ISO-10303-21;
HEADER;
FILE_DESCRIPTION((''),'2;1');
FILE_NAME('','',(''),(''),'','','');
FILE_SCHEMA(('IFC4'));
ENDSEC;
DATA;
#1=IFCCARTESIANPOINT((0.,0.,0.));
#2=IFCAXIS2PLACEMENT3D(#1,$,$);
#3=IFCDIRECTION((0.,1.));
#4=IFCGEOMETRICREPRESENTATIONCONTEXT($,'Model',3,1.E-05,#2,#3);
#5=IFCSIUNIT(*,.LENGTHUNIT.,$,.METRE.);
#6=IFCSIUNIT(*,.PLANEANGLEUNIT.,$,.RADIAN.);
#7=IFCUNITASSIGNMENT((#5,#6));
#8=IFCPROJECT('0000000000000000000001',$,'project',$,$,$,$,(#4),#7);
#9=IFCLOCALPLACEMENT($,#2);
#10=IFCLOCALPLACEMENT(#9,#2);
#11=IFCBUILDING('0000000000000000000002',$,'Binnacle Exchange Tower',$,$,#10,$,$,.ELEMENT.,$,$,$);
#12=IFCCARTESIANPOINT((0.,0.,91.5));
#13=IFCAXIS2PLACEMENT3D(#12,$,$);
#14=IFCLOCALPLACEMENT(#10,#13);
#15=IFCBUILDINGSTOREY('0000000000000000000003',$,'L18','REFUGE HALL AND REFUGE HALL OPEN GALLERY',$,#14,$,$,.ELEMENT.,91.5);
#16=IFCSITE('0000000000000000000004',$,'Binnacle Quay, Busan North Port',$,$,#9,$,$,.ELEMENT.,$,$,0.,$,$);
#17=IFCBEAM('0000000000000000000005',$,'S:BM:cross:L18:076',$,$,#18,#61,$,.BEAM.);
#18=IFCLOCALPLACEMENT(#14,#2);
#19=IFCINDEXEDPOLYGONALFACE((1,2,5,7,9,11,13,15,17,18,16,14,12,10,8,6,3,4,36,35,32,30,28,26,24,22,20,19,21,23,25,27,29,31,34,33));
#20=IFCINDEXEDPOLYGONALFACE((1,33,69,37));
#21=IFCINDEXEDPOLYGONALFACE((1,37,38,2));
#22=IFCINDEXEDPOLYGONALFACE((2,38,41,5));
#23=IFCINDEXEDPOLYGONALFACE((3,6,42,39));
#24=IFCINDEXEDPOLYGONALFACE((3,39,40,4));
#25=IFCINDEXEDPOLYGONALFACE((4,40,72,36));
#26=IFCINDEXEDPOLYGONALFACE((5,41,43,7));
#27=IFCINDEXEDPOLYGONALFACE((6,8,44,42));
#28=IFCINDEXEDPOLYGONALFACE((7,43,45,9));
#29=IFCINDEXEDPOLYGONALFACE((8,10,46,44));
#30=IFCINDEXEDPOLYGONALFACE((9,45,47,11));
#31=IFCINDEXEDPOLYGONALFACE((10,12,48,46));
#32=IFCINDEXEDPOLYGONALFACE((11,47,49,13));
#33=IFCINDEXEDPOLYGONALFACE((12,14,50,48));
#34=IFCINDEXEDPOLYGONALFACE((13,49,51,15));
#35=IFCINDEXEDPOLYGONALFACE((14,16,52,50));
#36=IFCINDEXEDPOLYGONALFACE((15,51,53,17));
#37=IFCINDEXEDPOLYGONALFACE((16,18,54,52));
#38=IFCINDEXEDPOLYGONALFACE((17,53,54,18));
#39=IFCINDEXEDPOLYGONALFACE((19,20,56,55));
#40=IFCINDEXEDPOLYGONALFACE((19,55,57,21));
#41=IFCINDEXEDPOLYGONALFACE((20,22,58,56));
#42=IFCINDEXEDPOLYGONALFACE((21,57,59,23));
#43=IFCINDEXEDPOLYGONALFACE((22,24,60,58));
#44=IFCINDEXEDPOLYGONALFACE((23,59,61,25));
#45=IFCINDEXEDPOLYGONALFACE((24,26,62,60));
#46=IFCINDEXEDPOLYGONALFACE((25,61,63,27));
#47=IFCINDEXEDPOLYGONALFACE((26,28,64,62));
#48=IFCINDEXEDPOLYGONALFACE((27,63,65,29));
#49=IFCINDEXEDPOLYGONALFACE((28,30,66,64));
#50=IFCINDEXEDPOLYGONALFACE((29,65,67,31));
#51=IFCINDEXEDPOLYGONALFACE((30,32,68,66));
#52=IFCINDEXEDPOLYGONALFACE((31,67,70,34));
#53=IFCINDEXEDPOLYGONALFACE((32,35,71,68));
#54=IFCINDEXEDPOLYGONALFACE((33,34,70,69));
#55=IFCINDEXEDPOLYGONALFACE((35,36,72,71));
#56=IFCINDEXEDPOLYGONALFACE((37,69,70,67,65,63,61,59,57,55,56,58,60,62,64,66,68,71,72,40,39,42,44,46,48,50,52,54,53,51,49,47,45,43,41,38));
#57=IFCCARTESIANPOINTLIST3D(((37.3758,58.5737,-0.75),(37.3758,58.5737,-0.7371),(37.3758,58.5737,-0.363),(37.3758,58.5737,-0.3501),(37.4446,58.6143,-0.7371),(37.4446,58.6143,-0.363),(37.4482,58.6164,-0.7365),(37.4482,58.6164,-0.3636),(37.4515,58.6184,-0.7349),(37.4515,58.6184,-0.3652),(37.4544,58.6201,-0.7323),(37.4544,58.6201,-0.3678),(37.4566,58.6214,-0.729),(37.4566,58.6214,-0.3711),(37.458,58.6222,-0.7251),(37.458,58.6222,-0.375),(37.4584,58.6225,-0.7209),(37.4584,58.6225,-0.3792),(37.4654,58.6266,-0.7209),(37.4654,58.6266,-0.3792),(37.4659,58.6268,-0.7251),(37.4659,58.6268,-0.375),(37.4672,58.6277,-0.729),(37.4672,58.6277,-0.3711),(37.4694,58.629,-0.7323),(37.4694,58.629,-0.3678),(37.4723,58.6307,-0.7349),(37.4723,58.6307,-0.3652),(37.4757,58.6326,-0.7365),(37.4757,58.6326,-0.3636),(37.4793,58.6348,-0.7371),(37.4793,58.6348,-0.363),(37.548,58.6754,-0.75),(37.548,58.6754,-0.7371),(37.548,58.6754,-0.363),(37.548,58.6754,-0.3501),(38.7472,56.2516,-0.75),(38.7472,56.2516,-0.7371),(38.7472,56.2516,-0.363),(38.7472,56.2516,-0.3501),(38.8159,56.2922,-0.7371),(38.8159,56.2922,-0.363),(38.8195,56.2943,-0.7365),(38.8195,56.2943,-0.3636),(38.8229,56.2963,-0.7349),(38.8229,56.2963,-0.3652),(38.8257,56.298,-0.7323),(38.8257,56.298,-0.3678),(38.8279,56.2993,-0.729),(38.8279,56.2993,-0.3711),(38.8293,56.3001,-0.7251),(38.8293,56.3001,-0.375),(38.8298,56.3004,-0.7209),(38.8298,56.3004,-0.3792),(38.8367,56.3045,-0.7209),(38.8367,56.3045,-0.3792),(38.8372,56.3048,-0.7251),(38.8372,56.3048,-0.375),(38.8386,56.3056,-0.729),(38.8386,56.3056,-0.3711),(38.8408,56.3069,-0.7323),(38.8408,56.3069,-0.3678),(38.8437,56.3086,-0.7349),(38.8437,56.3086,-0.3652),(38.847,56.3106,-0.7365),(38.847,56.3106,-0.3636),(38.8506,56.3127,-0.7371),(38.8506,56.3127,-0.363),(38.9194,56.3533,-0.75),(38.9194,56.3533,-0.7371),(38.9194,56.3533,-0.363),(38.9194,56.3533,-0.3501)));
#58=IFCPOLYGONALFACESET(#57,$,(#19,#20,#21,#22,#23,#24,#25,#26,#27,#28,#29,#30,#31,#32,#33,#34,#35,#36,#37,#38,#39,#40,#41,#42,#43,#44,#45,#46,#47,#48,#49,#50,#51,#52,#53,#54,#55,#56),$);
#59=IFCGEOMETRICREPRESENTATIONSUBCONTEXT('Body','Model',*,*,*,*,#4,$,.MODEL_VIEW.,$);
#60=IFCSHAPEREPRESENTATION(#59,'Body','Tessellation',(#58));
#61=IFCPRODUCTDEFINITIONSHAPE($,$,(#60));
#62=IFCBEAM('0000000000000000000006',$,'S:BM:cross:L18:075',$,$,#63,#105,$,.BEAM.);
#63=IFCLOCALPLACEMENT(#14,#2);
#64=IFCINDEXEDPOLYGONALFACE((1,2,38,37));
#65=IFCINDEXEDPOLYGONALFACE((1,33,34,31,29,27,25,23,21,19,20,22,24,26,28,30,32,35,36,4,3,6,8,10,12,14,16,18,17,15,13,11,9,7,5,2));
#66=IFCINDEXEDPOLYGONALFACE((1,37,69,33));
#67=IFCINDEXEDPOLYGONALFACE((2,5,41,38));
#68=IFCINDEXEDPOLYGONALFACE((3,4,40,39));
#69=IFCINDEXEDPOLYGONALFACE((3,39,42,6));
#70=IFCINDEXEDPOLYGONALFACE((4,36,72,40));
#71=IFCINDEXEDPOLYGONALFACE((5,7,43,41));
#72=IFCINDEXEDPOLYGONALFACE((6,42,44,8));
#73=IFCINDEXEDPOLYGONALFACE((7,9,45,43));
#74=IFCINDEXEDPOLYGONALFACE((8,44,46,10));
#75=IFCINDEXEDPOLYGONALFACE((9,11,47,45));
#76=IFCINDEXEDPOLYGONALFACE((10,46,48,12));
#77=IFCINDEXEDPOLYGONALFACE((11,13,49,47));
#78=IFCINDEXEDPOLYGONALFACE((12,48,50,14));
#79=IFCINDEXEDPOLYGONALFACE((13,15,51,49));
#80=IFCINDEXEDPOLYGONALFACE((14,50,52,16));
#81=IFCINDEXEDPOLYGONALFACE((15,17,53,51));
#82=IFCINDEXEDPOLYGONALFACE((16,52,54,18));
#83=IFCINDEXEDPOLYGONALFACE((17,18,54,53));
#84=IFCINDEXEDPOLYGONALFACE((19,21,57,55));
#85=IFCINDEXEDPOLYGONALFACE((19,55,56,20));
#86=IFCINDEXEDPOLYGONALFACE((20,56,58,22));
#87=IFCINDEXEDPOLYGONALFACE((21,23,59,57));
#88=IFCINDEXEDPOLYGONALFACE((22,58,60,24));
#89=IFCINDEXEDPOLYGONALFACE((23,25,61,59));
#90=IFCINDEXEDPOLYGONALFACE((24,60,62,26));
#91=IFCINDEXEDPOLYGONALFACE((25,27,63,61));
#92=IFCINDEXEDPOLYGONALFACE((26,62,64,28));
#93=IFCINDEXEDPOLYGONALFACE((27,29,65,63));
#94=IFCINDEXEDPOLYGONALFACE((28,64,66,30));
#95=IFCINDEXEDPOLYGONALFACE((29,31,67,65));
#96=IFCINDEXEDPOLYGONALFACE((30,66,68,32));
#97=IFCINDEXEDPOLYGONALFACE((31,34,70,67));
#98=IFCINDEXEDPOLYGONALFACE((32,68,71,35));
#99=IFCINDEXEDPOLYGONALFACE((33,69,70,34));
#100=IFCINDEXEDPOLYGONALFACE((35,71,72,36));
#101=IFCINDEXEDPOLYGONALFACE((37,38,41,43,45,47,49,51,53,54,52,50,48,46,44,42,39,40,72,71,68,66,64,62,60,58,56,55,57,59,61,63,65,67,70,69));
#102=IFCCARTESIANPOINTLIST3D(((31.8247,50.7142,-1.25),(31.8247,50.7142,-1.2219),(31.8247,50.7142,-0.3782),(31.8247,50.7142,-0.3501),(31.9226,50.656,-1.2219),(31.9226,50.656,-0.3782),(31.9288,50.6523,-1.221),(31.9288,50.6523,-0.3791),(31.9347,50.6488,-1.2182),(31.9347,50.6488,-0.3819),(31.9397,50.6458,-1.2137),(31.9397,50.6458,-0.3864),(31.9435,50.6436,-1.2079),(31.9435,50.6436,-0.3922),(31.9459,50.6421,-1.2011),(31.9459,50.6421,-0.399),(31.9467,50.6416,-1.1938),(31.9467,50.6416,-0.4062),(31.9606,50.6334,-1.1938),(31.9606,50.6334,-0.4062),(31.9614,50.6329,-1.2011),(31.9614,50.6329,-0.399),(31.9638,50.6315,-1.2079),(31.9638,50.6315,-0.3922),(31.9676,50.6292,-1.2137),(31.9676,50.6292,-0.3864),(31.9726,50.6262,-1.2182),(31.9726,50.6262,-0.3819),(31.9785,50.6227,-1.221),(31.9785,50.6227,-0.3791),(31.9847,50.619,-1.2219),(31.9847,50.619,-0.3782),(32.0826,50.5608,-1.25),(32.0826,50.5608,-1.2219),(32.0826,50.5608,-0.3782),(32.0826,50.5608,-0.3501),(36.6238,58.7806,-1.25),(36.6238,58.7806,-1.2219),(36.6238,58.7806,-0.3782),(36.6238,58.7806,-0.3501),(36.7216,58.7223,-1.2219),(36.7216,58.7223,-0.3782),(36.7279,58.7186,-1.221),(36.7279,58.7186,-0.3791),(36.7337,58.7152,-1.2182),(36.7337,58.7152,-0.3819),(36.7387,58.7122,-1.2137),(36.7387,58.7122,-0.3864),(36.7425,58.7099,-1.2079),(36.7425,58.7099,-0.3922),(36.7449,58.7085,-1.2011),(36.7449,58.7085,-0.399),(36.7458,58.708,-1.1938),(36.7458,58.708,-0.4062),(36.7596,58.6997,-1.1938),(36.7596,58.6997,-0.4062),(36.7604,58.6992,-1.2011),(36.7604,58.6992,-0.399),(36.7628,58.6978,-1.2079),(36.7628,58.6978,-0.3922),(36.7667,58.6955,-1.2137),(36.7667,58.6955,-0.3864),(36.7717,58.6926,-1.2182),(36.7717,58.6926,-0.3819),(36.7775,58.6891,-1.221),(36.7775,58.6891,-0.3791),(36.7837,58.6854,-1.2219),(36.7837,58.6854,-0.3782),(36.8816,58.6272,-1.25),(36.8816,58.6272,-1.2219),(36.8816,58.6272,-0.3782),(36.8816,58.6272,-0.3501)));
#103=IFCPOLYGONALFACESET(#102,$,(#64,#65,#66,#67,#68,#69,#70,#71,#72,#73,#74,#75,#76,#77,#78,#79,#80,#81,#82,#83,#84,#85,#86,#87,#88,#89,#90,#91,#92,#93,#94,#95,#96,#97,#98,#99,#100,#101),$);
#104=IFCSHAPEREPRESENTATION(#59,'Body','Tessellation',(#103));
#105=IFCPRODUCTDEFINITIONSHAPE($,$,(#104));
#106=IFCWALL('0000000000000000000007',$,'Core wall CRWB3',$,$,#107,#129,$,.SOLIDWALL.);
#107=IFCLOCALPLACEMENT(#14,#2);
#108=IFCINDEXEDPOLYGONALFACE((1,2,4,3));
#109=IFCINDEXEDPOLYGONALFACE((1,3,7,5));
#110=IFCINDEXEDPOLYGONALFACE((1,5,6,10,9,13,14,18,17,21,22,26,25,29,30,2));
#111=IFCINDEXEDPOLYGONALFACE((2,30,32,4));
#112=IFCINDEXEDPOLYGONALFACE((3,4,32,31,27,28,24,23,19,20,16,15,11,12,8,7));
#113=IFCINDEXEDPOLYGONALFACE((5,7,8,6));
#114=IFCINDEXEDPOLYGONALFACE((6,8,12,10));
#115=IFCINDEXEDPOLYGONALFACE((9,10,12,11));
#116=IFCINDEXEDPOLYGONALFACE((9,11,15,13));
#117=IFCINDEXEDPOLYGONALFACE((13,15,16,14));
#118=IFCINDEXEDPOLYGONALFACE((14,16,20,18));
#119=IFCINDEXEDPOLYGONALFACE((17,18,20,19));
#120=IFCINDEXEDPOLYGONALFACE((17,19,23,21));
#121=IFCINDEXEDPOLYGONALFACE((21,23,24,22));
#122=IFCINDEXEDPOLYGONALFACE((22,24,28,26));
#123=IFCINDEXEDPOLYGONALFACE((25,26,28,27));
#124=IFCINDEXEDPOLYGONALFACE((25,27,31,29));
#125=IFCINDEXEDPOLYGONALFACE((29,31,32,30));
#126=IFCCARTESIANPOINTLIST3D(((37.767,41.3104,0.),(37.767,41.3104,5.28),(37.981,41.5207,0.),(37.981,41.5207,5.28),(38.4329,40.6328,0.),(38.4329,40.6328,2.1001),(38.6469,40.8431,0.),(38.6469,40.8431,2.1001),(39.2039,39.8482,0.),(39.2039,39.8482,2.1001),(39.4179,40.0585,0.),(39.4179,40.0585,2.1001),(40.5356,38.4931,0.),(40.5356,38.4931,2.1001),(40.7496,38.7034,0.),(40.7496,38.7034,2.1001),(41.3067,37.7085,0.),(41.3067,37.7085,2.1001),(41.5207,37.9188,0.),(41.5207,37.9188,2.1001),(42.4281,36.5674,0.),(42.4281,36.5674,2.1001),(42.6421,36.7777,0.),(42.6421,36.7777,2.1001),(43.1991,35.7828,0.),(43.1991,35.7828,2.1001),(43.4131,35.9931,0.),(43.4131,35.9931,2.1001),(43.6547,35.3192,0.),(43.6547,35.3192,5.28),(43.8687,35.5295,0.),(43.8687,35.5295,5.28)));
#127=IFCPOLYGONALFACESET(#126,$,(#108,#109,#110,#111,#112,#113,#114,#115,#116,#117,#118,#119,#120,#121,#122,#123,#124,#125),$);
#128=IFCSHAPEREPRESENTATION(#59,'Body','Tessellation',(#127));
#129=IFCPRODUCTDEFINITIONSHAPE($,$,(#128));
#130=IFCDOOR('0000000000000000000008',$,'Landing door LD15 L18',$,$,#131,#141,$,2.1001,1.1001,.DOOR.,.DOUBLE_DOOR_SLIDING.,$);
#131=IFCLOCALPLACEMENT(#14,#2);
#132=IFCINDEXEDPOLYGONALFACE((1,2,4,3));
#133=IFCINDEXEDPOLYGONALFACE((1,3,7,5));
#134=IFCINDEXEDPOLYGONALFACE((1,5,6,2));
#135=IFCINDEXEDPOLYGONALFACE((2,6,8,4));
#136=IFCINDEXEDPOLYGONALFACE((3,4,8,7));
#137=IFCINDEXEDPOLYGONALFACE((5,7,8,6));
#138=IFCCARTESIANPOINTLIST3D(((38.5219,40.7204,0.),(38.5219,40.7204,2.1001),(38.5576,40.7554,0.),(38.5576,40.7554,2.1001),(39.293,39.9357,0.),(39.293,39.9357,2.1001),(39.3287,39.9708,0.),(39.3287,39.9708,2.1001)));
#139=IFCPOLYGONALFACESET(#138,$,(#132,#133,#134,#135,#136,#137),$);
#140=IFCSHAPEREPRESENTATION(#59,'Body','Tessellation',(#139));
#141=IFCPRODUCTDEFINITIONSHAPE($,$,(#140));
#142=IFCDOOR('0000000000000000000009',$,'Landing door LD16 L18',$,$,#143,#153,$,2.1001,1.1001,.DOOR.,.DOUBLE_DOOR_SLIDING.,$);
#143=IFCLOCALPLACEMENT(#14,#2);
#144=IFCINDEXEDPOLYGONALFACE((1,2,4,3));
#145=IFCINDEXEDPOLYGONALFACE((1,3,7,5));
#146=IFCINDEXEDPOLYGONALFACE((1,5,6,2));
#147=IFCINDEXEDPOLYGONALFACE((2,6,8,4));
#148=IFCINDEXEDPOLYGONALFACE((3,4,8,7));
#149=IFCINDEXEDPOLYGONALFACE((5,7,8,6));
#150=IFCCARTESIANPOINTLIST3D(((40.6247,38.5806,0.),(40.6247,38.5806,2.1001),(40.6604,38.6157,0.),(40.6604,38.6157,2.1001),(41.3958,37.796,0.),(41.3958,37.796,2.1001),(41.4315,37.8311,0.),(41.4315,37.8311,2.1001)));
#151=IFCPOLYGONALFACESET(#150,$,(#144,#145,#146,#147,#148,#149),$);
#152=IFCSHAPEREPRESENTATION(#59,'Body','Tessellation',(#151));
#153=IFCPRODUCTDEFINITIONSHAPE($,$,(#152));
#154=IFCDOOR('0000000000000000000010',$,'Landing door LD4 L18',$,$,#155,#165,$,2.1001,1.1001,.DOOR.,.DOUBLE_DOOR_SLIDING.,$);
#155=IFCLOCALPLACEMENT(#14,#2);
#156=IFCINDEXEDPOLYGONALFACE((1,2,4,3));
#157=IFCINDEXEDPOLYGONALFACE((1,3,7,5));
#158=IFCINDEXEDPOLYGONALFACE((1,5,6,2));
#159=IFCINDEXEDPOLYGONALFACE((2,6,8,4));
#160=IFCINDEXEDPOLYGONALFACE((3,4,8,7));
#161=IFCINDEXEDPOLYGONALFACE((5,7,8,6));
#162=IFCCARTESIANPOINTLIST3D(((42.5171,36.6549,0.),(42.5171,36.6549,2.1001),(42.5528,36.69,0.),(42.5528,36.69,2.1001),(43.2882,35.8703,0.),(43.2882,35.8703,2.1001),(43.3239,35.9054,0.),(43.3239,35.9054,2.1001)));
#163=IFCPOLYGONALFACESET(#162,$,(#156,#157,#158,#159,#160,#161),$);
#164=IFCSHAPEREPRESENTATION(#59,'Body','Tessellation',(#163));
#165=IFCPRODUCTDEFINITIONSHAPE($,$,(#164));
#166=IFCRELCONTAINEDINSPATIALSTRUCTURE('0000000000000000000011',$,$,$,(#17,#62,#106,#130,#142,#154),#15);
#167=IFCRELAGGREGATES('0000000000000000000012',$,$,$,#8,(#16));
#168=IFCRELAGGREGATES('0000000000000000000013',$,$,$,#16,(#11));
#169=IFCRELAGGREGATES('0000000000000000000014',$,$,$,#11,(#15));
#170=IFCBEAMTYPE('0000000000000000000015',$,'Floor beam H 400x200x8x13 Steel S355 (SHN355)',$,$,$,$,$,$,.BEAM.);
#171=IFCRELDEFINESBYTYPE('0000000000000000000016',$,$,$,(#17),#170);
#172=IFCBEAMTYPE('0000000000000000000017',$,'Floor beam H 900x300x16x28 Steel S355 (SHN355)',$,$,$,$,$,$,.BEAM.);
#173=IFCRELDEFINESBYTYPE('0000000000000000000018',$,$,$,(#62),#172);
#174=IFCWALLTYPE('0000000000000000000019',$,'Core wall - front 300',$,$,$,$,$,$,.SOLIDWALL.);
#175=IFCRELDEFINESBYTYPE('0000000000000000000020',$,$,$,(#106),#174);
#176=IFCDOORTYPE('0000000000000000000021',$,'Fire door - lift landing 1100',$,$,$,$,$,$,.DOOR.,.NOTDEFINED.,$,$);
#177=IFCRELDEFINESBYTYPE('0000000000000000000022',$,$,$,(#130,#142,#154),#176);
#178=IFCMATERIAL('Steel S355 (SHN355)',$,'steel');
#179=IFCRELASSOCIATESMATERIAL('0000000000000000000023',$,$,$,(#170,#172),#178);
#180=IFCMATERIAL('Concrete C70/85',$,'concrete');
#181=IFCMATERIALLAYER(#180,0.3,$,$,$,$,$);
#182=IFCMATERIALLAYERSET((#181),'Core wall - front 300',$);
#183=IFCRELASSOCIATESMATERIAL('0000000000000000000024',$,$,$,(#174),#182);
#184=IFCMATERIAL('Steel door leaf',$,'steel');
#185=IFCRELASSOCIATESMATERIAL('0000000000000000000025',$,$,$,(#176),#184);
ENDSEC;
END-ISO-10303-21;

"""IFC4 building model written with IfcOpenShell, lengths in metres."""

from ifc_helpers import new_model, si_unit, direction, frame, frame_2d, origin, origin_2d, place, context, subcontext, project, spatial, rectangle, i_section, extrude, material, layer, layer_set, material_profile, profile_set, type_object, element, fill, save


model = new_model("IFC4")

# Units and contexts
model_context = context("Model", 3, precision=1e-05, world=origin(), true_north=direction((0.0, 1.0)))
body_context = subcontext(model_context, "Body", "Model", "MODEL_VIEW")
ifc_project = project(units=[si_unit("LENGTHUNIT", "METRE"), si_unit("PLANEANGLEUNIT", "RADIAN")], contexts=[model_context])

# Site, building, storey
site_placement = place(None, origin())
site = spatial("IfcSite", under=ifc_project, at=site_placement, Name="Binnacle Quay, Busan North Port", CompositionType="ELEMENT", RefElevation=0.0)
building_placement = place(site_placement, origin())
building = spatial("IfcBuilding", under=site, at=building_placement, Name="Binnacle Exchange Tower", CompositionType="ELEMENT")
storey_placement = place(building_placement, frame((0.0, 0.0, 91.5)))
storey = spatial("IfcBuildingStorey", under=building, at=storey_placement, Name="L18", Description="REFUGE HALL AND REFUGE HALL OPEN GALLERY", CompositionType="ELEMENT", Elevation=91.5)

# Shared definitions
ifc_material_1 = material(Name="Concrete C70/85", Category="concrete")

# Beams
ifc_material_2 = material(Name="Steel S355 (SHN355)", Category="steel")
ifc_material_profile_1 = material_profile(ifc_material_2, i_section(OverallWidth=0.2, OverallDepth=0.3999, WebThickness=0.0081, FlangeThickness=0.0129, FilletRadius=0.0161, at=origin_2d()), Name="H 400x200x8x13")
ifc_profile_set_1 = profile_set([ifc_material_profile_1], Name="Steel S355 (SHN355)")
beam_type_1 = type_object("IfcBeamType", Name="Floor beam H 400x200x8x13 Steel S355 (SHN355)", PredefinedType="BEAM", material=ifc_profile_set_1)
beam_1_placement = place(storey_placement, frame((37.4619, 58.6245, -0.55), z_axis=(0.508519, -0.861051, 0.0), x_axis=(0.861051, 0.508519, 0.0)))
element("IfcBeam", 1, at=beam_1_placement, inside=storey, type_object=beam_type_1, Name="S:BM:cross:L18:076", PredefinedType="BEAM", context=body_context, shape_type="SweptSolid", body=[
    extrude(i_section(OverallWidth=0.2, OverallDepth=0.3999, WebThickness=0.0081, FlangeThickness=0.0129, FilletRadius=0.0161, at=origin_2d()), origin(), (0.0, 0.0, 1.0), 2.6968),
])
ifc_material_profile_2 = material_profile(ifc_material_2, i_section(OverallWidth=0.3, OverallDepth=0.8999, WebThickness=0.0161, FlangeThickness=0.0281, FilletRadius=0.0281, at=origin_2d()), Name="H 900x300x16x28")
ifc_profile_set_2 = profile_set([ifc_material_profile_2], Name="Steel S355 (SHN355)")
beam_type_2 = type_object("IfcBeamType", Name="Floor beam H 900x300x16x28 Steel S355 (SHN355)", PredefinedType="BEAM", material=ifc_profile_set_2)
beam_2_placement = place(storey_placement, frame((36.7527, 58.7039, -0.8), z_axis=(-0.511298, -0.859403, 0.0), x_axis=(0.859403, -0.511298, 0.0)))
element("IfcBeam", 2, at=beam_2_placement, inside=storey, type_object=beam_type_2, Name="S:BM:cross:L18:075", PredefinedType="BEAM", context=body_context, shape_type="SweptSolid", body=[
    extrude(i_section(OverallWidth=0.3, OverallDepth=0.8999, WebThickness=0.0161, FlangeThickness=0.0281, FilletRadius=0.0281, at=origin_2d()), origin(), (0.0, 0.0, 1.0), 9.386),
])

# Wall, openings, doors
ifc_layer_1 = layer(ifc_material_1, 0.3)
ifc_layer_set_1 = layer_set([ifc_layer_1], Name="Core wall - front 300")
wall_type_1 = type_object("IfcWallType", Name="Core wall - front 300", PredefinedType="SOLIDWALL", material=ifc_layer_set_1)
wall_1_placement = place(storey_placement, frame((37.874, 41.4155, 0.0), z_axis=(0.0, 0.0, 1.0), x_axis=(0.700918, -0.713242, 0.0)))
wall_1 = element("IfcWall", 3, at=wall_1_placement, inside=storey, type_object=wall_type_1, Name="Core wall CRWB3", PredefinedType="SOLIDWALL", context=body_context, shape_type="SweptSolid", body=[
    extrude(rectangle(XDim=8.3999, YDim=0.3, at=frame_2d((4.2, 0.0))), origin(), (0.0, 0.0, 1.0), 5.28),
])
opening_1_placement = place(wall_1_placement, frame((0.95, 0.0, 0.0)))
opening_1 = element("IfcOpeningElement", 4, at=opening_1_placement, cuts=wall_1, PredefinedType="OPENING", context=body_context, shape_type="SweptSolid", body=[
    extrude(rectangle(XDim=1.1001, YDim=2.1001, at=frame_2d((0.55, 1.05))), frame((0.0, 0.1599, 0.0), z_axis=(0.0, -1.0, 0.0), x_axis=(1.0, 0.0, 0.0)), (0.0, 0.0, 1.0), 0.3201),
])
opening_2_placement = place(wall_1_placement, frame((3.95, 0.0, 0.0)))
opening_2 = element("IfcOpeningElement", 5, at=opening_2_placement, cuts=wall_1, PredefinedType="OPENING", context=body_context, shape_type="SweptSolid", body=[
    extrude(rectangle(XDim=1.1001, YDim=2.1001, at=frame_2d((0.55, 1.05))), frame((0.0, 0.1599, 0.0), z_axis=(0.0, -1.0, 0.0), x_axis=(1.0, 0.0, 0.0)), (0.0, 0.0, 1.0), 0.3201),
])
opening_3_placement = place(wall_1_placement, frame((6.6499, 0.0, 0.0)))
opening_3 = element("IfcOpeningElement", 6, at=opening_3_placement, cuts=wall_1, PredefinedType="OPENING", context=body_context, shape_type="SweptSolid", body=[
    extrude(rectangle(XDim=1.1001, YDim=2.1001, at=frame_2d((0.55, 1.05))), frame((0.0, 0.1599, 0.0), z_axis=(0.0, -1.0, 0.0), x_axis=(1.0, 0.0, 0.0)), (0.0, 0.0, 1.0), 0.3201),
])
ifc_material_3 = material(Name="Steel door leaf", Category="steel")
door_type_1 = type_object("IfcDoorType", Name="Fire door - lift landing 1100", OperationType="NOTDEFINED", PredefinedType="DOOR", material=ifc_material_3)
door_1_placement = place(opening_1_placement, origin())
door_1 = element("IfcDoor", 7, at=door_1_placement, inside=storey, type_object=door_type_1, Name="Landing door LD15 L18", OperationType="DOUBLE_DOOR_SLIDING", OverallHeight=2.1001, OverallWidth=1.1001, PredefinedType="DOOR", context=body_context, shape_type="SweptSolid", body=[
    extrude(rectangle(XDim=1.1001, YDim=2.1001, at=frame_2d((0.55, 1.05))), frame((0.0, 0.0249, 0.0), z_axis=(0.0, -1.0, 0.0), x_axis=(1.0, 0.0, 0.0)), (0.0, 0.0, 1.0), 0.05),
])
fill(opening_1, door_1)
door_2_placement = place(opening_2_placement, origin())
door_2 = element("IfcDoor", 8, at=door_2_placement, inside=storey, type_object=door_type_1, Name="Landing door LD16 L18", OperationType="DOUBLE_DOOR_SLIDING", OverallHeight=2.1001, OverallWidth=1.1001, PredefinedType="DOOR", context=body_context, shape_type="SweptSolid", body=[
    extrude(rectangle(XDim=1.1001, YDim=2.1001, at=frame_2d((0.55, 1.05))), frame((0.0, 0.0249, 0.0), z_axis=(0.0, -1.0, 0.0), x_axis=(1.0, 0.0, 0.0)), (0.0, 0.0, 1.0), 0.05),
])
fill(opening_2, door_2)
door_3_placement = place(opening_3_placement, origin())
door_3 = element("IfcDoor", 9, at=door_3_placement, inside=storey, type_object=door_type_1, Name="Landing door LD4 L18", OperationType="DOUBLE_DOOR_SLIDING", OverallHeight=2.1001, OverallWidth=1.1001, PredefinedType="DOOR", context=body_context, shape_type="SweptSolid", body=[
    extrude(rectangle(XDim=1.1001, YDim=2.1001, at=frame_2d((0.55, 1.05))), frame((0.0, 0.0249, 0.0), z_axis=(0.0, -1.0, 0.0), x_axis=(1.0, 0.0, 0.0)), (0.0, 0.0, 1.0), 0.05),
])
fill(opening_3, door_3)

save(model, "model.ifc")
